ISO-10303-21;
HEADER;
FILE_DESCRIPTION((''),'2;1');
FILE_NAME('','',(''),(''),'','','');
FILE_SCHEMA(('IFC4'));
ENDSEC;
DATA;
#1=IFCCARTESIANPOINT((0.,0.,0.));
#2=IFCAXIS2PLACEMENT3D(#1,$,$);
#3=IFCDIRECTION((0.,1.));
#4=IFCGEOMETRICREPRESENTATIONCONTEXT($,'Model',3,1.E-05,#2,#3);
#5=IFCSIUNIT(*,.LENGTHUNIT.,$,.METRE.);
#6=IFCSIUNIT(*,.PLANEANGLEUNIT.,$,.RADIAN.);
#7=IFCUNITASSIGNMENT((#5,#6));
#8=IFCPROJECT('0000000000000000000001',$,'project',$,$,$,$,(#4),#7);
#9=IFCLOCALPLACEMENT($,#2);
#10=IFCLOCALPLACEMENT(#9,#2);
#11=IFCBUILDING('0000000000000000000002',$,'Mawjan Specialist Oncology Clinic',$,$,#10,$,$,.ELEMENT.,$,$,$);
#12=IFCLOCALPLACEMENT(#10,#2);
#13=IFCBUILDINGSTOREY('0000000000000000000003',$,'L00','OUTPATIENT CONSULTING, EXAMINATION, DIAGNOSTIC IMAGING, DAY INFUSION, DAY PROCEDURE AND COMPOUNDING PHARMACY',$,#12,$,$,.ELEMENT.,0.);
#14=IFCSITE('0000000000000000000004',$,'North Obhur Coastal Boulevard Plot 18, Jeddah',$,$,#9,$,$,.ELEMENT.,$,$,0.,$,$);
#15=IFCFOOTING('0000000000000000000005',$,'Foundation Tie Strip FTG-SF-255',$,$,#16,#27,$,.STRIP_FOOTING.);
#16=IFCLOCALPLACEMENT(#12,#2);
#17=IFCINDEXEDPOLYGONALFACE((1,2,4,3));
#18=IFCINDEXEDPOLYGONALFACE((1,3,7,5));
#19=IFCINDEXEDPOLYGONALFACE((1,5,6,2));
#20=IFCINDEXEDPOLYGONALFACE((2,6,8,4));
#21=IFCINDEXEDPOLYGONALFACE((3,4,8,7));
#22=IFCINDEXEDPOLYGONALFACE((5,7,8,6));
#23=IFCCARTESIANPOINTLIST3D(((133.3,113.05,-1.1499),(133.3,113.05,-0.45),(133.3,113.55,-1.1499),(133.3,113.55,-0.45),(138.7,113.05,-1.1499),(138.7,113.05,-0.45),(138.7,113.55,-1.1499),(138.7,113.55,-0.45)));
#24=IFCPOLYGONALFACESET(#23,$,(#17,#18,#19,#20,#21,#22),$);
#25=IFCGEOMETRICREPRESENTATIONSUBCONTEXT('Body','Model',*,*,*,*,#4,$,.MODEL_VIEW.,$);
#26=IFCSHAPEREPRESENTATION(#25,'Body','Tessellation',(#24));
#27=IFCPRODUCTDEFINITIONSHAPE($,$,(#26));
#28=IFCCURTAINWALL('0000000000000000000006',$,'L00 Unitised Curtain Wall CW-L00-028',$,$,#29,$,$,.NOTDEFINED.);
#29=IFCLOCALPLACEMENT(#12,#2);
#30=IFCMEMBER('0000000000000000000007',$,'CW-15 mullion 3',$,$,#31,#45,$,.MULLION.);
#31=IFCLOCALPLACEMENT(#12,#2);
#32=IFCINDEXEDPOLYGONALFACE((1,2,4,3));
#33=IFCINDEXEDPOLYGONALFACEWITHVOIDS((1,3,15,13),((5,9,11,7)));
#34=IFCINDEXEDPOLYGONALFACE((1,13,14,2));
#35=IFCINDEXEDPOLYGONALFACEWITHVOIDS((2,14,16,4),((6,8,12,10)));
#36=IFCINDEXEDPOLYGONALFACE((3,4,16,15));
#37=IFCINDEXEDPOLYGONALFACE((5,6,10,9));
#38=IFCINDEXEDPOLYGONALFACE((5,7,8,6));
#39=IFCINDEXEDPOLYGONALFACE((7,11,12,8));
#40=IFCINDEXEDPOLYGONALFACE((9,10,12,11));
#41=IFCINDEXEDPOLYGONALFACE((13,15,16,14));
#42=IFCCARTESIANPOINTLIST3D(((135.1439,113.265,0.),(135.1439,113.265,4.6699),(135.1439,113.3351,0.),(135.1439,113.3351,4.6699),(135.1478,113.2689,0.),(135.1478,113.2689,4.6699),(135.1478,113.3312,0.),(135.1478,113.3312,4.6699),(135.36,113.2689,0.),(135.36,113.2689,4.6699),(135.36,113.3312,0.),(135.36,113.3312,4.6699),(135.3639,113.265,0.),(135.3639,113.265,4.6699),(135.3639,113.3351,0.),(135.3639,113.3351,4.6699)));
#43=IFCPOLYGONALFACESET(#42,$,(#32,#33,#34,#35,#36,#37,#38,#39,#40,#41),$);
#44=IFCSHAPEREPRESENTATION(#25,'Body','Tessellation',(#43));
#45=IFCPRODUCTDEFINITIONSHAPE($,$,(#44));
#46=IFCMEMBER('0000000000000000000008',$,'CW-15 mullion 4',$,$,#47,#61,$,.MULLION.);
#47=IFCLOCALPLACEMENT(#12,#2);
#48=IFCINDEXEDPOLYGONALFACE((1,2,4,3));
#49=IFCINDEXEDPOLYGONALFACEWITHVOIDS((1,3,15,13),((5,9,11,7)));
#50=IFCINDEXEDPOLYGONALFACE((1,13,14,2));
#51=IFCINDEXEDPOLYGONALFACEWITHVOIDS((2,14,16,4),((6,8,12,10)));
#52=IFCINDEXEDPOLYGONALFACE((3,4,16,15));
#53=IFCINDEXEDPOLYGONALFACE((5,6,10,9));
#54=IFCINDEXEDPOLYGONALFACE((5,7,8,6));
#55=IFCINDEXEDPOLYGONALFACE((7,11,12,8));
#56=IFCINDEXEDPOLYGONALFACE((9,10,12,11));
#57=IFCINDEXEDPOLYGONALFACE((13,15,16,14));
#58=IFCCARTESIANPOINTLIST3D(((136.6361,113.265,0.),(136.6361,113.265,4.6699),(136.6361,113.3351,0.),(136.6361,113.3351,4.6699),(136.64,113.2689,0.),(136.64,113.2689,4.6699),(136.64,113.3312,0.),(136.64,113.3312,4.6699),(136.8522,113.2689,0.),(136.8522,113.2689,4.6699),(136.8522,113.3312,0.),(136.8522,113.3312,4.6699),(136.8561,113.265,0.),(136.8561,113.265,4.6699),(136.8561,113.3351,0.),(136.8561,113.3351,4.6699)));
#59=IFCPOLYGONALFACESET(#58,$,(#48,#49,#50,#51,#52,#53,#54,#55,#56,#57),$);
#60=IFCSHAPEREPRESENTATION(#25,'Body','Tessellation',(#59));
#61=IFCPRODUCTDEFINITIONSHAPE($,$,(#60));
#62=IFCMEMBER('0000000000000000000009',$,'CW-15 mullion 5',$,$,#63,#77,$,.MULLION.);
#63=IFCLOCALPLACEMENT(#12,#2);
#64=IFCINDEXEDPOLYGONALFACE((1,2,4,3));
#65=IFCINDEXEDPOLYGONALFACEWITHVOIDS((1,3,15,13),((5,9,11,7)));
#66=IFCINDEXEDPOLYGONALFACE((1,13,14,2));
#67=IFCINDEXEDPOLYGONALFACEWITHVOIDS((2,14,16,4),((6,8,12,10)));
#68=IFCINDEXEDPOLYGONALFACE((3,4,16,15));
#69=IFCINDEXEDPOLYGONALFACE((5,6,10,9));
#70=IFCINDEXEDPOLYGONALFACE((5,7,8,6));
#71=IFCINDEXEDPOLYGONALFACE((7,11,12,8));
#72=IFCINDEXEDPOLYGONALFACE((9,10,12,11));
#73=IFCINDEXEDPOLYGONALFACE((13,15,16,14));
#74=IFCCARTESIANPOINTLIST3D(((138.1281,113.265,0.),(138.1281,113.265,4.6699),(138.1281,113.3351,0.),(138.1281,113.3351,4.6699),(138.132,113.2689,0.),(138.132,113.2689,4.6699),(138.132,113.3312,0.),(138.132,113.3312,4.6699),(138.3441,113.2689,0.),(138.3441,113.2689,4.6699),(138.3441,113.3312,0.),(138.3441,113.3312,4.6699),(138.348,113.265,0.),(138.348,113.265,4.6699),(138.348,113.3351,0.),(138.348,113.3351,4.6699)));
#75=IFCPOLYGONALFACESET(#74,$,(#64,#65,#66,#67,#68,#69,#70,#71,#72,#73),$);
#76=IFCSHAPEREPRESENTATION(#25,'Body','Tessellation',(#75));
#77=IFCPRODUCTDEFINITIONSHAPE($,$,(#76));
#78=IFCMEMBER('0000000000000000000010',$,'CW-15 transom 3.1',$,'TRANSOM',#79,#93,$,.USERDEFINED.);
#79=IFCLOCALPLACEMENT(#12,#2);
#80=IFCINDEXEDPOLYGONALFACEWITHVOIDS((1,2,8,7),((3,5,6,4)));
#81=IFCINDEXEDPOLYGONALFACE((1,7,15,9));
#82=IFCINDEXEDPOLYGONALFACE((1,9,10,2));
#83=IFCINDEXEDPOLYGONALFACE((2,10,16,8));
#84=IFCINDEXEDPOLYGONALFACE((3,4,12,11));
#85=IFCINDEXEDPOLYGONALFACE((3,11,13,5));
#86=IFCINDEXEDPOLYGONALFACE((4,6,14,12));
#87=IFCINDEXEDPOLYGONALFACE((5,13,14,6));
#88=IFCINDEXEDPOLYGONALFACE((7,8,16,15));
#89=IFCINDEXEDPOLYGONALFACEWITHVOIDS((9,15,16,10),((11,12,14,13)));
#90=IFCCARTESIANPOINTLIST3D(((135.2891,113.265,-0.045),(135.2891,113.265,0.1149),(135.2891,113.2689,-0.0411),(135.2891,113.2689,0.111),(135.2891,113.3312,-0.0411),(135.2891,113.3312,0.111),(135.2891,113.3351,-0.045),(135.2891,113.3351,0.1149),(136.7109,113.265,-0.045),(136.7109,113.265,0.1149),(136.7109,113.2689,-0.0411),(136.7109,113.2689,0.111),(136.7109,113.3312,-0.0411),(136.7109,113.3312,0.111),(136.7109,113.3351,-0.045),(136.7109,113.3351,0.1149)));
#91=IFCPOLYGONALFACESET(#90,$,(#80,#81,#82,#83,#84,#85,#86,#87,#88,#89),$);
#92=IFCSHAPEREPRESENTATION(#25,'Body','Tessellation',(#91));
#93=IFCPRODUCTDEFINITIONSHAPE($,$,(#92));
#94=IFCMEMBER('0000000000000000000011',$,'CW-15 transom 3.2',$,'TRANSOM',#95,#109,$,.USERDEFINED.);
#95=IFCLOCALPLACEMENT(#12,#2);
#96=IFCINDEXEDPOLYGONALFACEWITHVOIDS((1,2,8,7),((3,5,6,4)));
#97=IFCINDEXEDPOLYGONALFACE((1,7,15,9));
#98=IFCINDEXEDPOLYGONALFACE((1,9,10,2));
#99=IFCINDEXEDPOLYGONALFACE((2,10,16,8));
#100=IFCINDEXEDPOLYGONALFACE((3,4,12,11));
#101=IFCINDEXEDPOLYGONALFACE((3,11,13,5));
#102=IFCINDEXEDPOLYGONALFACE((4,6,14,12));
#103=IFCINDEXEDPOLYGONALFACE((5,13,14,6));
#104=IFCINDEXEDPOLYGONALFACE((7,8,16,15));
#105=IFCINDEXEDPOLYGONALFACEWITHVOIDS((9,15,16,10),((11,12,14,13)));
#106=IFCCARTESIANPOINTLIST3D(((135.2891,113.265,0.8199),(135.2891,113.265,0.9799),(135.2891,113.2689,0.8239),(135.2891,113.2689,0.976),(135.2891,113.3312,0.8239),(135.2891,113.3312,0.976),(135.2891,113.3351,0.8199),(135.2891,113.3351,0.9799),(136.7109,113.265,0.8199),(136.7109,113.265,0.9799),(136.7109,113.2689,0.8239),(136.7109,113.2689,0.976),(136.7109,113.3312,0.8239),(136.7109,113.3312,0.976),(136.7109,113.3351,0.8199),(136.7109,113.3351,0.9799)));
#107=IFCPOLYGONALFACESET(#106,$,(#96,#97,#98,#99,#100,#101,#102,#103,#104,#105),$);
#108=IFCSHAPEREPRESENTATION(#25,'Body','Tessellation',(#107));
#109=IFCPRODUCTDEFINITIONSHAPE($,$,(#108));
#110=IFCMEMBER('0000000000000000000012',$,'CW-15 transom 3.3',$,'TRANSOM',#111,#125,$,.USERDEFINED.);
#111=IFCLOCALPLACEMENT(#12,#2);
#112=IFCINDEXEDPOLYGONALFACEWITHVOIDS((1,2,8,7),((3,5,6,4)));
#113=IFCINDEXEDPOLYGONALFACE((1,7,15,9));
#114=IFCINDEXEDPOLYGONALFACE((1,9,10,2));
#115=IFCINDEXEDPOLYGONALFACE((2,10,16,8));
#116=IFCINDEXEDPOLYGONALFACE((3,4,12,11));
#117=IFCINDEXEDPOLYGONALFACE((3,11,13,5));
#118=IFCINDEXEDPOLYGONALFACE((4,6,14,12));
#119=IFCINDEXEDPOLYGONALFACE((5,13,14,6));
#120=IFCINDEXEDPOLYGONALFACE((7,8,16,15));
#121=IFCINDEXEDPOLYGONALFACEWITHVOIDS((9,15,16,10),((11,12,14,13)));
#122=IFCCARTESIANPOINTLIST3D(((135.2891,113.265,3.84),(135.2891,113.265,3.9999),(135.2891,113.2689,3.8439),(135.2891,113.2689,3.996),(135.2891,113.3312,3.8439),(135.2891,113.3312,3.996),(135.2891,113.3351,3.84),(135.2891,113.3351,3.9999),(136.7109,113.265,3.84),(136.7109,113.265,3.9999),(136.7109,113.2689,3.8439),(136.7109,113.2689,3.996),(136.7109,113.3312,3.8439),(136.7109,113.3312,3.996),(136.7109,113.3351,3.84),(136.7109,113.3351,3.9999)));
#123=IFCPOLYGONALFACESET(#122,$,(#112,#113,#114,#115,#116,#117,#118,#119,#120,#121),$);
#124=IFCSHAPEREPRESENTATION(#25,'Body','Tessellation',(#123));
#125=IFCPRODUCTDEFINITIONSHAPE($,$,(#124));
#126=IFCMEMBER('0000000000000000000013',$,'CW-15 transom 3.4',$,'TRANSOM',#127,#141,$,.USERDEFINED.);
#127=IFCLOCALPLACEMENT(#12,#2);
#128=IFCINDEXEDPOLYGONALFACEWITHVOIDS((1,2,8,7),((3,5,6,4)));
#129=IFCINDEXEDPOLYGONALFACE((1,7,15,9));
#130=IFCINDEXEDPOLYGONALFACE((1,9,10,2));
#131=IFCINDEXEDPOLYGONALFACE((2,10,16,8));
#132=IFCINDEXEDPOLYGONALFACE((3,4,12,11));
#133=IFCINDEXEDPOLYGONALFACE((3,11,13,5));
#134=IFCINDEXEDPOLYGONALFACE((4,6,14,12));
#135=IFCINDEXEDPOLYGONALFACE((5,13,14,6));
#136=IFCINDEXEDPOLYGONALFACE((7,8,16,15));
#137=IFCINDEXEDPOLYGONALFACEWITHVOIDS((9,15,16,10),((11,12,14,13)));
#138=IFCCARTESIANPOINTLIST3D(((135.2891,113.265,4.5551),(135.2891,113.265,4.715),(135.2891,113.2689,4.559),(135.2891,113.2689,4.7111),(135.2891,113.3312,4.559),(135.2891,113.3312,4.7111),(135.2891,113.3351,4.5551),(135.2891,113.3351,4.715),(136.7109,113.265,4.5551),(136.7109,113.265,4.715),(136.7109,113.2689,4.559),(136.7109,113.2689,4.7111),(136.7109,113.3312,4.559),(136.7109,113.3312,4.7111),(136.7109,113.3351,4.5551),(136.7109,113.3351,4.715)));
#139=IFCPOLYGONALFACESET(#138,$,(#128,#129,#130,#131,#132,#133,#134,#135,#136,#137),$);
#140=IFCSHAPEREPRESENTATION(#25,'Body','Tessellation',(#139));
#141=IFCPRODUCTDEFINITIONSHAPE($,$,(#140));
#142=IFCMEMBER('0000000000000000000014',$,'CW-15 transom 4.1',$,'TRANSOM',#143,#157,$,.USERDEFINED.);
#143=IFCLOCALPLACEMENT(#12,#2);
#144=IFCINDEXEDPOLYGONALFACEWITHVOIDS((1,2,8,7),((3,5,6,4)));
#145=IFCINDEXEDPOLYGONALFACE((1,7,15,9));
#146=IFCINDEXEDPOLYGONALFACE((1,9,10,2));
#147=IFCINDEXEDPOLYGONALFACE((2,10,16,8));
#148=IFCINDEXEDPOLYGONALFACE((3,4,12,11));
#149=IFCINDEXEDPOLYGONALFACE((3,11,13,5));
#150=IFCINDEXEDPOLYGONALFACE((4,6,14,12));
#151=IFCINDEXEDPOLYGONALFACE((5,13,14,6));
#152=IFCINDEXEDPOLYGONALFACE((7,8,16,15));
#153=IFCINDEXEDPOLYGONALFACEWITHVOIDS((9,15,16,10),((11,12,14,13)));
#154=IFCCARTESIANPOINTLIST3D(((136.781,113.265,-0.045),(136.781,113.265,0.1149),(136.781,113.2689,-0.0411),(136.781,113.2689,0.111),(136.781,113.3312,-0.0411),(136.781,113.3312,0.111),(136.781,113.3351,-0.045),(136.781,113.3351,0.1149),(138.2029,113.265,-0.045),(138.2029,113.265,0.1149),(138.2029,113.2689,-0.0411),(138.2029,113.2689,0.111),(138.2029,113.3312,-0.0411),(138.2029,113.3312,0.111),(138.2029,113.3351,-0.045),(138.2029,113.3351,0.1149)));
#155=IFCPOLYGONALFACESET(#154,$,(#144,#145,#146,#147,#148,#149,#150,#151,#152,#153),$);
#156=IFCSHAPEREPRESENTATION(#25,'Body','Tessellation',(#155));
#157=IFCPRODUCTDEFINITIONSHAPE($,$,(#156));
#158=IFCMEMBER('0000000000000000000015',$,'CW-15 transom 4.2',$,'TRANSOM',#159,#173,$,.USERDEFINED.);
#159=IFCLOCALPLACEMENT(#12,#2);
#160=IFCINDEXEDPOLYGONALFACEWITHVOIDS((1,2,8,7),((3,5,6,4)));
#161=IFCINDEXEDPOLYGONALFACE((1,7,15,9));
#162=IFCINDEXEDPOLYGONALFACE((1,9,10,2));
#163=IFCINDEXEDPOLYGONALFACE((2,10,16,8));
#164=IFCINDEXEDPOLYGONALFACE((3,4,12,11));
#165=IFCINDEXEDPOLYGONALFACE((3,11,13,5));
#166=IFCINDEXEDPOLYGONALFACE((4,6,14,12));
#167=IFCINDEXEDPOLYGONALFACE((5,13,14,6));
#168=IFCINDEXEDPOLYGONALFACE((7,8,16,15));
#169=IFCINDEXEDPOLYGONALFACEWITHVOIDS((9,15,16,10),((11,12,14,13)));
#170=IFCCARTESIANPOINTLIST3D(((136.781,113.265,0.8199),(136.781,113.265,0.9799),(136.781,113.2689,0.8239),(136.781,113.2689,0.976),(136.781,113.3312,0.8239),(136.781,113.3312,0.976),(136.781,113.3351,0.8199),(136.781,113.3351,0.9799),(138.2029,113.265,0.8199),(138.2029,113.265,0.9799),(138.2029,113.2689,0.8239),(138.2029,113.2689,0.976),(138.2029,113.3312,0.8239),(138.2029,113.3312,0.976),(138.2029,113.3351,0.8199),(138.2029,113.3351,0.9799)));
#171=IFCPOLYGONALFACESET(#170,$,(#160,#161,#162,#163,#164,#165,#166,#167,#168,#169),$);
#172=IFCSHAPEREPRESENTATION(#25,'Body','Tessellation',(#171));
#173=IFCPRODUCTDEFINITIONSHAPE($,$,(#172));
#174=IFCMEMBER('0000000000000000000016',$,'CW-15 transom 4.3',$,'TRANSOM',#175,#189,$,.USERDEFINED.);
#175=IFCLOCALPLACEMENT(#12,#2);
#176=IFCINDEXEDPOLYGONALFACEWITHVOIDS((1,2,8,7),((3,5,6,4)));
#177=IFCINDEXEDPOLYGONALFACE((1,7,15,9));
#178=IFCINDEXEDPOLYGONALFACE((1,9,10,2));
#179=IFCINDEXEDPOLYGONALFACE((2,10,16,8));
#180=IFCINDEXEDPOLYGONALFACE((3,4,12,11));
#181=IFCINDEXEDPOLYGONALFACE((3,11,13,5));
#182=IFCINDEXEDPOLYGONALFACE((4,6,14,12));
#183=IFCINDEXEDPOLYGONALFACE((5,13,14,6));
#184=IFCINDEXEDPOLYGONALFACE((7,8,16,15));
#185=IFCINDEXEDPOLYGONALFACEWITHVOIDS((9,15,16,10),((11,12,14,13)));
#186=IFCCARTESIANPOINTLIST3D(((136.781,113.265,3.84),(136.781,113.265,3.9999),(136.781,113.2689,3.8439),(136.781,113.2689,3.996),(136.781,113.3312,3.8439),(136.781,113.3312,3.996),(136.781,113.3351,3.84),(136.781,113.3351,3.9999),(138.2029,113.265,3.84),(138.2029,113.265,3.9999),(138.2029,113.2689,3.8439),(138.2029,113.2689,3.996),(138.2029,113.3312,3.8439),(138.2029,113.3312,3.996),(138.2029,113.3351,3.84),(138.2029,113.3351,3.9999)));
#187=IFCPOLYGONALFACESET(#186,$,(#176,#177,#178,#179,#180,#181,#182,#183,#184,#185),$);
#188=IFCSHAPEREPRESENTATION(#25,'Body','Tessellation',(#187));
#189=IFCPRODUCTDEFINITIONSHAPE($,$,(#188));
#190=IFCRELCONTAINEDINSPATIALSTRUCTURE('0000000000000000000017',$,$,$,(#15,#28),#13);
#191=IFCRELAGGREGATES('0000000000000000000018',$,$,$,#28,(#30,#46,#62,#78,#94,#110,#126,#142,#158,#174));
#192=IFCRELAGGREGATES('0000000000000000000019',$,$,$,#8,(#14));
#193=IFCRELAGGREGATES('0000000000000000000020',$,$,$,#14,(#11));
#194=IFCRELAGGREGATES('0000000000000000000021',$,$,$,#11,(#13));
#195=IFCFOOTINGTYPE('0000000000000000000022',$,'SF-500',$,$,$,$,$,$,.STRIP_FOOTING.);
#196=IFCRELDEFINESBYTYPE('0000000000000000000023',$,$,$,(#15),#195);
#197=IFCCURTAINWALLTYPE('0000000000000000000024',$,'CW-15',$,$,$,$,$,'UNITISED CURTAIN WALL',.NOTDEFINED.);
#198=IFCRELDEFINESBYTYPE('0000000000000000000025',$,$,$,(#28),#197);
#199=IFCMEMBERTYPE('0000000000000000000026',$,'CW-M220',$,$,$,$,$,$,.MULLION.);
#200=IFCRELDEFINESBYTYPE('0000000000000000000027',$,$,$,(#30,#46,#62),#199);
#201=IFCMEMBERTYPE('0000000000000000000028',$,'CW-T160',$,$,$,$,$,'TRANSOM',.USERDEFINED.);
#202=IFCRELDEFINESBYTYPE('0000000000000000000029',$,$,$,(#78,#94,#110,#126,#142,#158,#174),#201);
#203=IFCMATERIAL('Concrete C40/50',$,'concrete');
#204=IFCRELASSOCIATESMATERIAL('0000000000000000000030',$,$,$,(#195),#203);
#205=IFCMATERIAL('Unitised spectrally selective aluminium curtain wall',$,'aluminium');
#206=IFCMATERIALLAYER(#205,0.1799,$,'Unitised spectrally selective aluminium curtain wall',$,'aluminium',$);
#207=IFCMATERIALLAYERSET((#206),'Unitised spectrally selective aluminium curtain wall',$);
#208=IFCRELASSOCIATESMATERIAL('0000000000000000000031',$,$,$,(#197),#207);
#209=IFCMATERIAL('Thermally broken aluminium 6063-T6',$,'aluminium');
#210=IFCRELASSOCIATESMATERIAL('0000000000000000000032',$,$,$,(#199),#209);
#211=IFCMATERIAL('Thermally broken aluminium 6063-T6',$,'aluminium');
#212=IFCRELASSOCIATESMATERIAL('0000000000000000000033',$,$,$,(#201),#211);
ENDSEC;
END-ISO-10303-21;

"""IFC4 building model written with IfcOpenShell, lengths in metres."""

from ifc_helpers import new_model, si_unit, direction, frame, origin, origin_2d, place, context, subcontext, project, spatial, rectangle, hollow_rectangle, extrude, material, layer, layer_set, material_profile, profile_set, type_object, element, aggregate, save


model = new_model("IFC4")

# Units and contexts
model_context = context("Model", 3, precision=1e-05, world=origin(), true_north=direction((0.0, 1.0)))
body_context = subcontext(model_context, "Body", "Model", "MODEL_VIEW")
ifc_project = project(units=[si_unit("LENGTHUNIT", "METRE"), si_unit("PLANEANGLEUNIT", "RADIAN")], contexts=[model_context])

# Site, building, storey
site_placement = place(None, origin())
site = spatial("IfcSite", under=ifc_project, at=site_placement, Name="North Obhur Coastal Boulevard Plot 18, Jeddah", CompositionType="ELEMENT", RefElevation=0.0)
building_placement = place(site_placement, origin())
building = spatial("IfcBuilding", under=site, at=building_placement, Name="Mawjan Specialist Oncology Clinic", CompositionType="ELEMENT")
storey_placement = place(building_placement, origin())
storey = spatial("IfcBuildingStorey", under=building, at=storey_placement, Name="L00", Description="OUTPATIENT CONSULTING, EXAMINATION, DIAGNOSTIC IMAGING, DAY INFUSION, DAY PROCEDURE AND COMPOUNDING PHARMACY", CompositionType="ELEMENT", Elevation=0.0)

# Footing
ifc_material_1 = material(Name="Concrete C40/50", Category="concrete")
footing_type = type_object("IfcFootingType", Name="SF-500", PredefinedType="STRIP_FOOTING", material=ifc_material_1)
footing_placement = place(storey_placement, frame((136.0, 113.3, -1.1499), z_axis=(0.0, 0.0, 1.0), x_axis=(1.0, 0.0, 0.0)))
element("IfcFooting", 1, at=footing_placement, inside=storey, type_object=footing_type, Name="Foundation Tie Strip FTG-SF-255", PredefinedType="STRIP_FOOTING", context=body_context, shape_type="SweptSolid", body=[
    extrude(rectangle(XDim=5.3999, YDim=0.5, at=origin_2d()), origin(), (0.0, 0.0, 1.0), 0.7),
])

# Curtain wall, members
ifc_material_2 = material(Name="Unitised spectrally selective aluminium curtain wall", Category="aluminium")
ifc_layer_1 = layer(ifc_material_2, 0.1799, Name="Unitised spectrally selective aluminium curtain wall", Category="aluminium")
ifc_layer_set_1 = layer_set([ifc_layer_1], Name="Unitised spectrally selective aluminium curtain wall")
curtain_wall_type = type_object("IfcCurtainWallType", Name="CW-15", ElementType="UNITISED CURTAIN WALL", PredefinedType="NOTDEFINED", material=ifc_layer_set_1)
curtain_wall_placement = place(storey_placement, origin())
curtain_wall = element("IfcCurtainWall", 2, at=curtain_wall_placement, inside=storey, type_object=curtain_wall_type, Name="L00 Unitised Curtain Wall CW-L00-028", PredefinedType="NOTDEFINED")
ifc_material_3 = material(Name="Thermally broken aluminium 6063-T6", Category="aluminium")
ifc_material_profile_1 = material_profile(ifc_material_3, hollow_rectangle(XDim=0.0701, YDim=0.22, WallThickness=0.0039, at=origin_2d()), Name="ALU MULLION 220x70x4", Category="aluminium")
ifc_profile_set_1 = profile_set([ifc_material_profile_1], Name="Thermally broken aluminium 6063-T6")
member_type_1 = type_object("IfcMemberType", Name="CW-M220", PredefinedType="MULLION", material=ifc_profile_set_1)
member_1_placement = place(storey_placement, frame((135.2539, 113.3, 0.0), z_axis=(0.0, 0.0, 1.0), x_axis=(0.0, 1.0, 0.0)))
member_1 = element("IfcMember", 3, at=member_1_placement, type_object=member_type_1, Name="CW-15 mullion 3", PredefinedType="MULLION", context=body_context, shape_type="SweptSolid", body=[
    extrude(hollow_rectangle(XDim=0.0701, YDim=0.22, WallThickness=0.0039, at=origin_2d()), origin(), (0.0, 0.0, 1.0), 4.6699),
])
member_2_placement = place(storey_placement, frame((136.7461, 113.3, 0.0), z_axis=(0.0, 0.0, 1.0), x_axis=(0.0, 1.0, 0.0)))
member_2 = element("IfcMember", 4, at=member_2_placement, type_object=member_type_1, Name="CW-15 mullion 4", PredefinedType="MULLION", context=body_context, shape_type="SweptSolid", body=[
    extrude(hollow_rectangle(XDim=0.0701, YDim=0.22, WallThickness=0.0039, at=origin_2d()), origin(), (0.0, 0.0, 1.0), 4.6699),
])
member_3_placement = place(storey_placement, frame((138.238, 113.3, 0.0), z_axis=(0.0, 0.0, 1.0), x_axis=(0.0, 1.0, 0.0)))
member_3 = element("IfcMember", 5, at=member_3_placement, type_object=member_type_1, Name="CW-15 mullion 5", PredefinedType="MULLION", context=body_context, shape_type="SweptSolid", body=[
    extrude(hollow_rectangle(XDim=0.0701, YDim=0.22, WallThickness=0.0039, at=origin_2d()), origin(), (0.0, 0.0, 1.0), 4.6699),
])
ifc_material_4 = material(Name="Thermally broken aluminium 6063-T6", Category="aluminium")
ifc_material_profile_2 = material_profile(ifc_material_4, hollow_rectangle(XDim=0.0701, YDim=0.1599, WallThickness=0.0039, at=origin_2d()), Name="ALU TRANSOM 160x70x4", Category="aluminium")
ifc_profile_set_2 = profile_set([ifc_material_profile_2], Name="Thermally broken aluminium 6063-T6")
member_type_2 = type_object("IfcMemberType", Name="CW-T160", ElementType="TRANSOM", PredefinedType="USERDEFINED", material=ifc_profile_set_2)
member_4_placement = place(storey_placement, frame((135.2891, 113.3, 0.0349), z_axis=(1.0, 0.0, 0.0), x_axis=(0.0, 1.0, 0.0)))
member_4 = element("IfcMember", 6, at=member_4_placement, type_object=member_type_2, Name="CW-15 transom 3.1", ObjectType="TRANSOM", PredefinedType="USERDEFINED", context=body_context, shape_type="SweptSolid", body=[
    extrude(hollow_rectangle(XDim=0.0701, YDim=0.1599, WallThickness=0.0039, at=origin_2d()), origin(), (0.0, 0.0, 1.0), 1.4219),
])
member_5_placement = place(storey_placement, frame((135.2891, 113.3, 0.8999), z_axis=(1.0, 0.0, 0.0), x_axis=(0.0, 1.0, 0.0)))
member_5 = element("IfcMember", 7, at=member_5_placement, type_object=member_type_2, Name="CW-15 transom 3.2", ObjectType="TRANSOM", PredefinedType="USERDEFINED", context=body_context, shape_type="SweptSolid", body=[
    extrude(hollow_rectangle(XDim=0.0701, YDim=0.1599, WallThickness=0.0039, at=origin_2d()), origin(), (0.0, 0.0, 1.0), 1.4219),
])
member_6_placement = place(storey_placement, frame((135.2891, 113.3, 3.9199), z_axis=(1.0, 0.0, 0.0), x_axis=(0.0, 1.0, 0.0)))
member_6 = element("IfcMember", 8, at=member_6_placement, type_object=member_type_2, Name="CW-15 transom 3.3", ObjectType="TRANSOM", PredefinedType="USERDEFINED", context=body_context, shape_type="SweptSolid", body=[
    extrude(hollow_rectangle(XDim=0.0701, YDim=0.1599, WallThickness=0.0039, at=origin_2d()), origin(), (0.0, 0.0, 1.0), 1.4219),
])
member_7_placement = place(storey_placement, frame((135.2891, 113.3, 4.635), z_axis=(1.0, 0.0, 0.0), x_axis=(0.0, 1.0, 0.0)))
member_7 = element("IfcMember", 9, at=member_7_placement, type_object=member_type_2, Name="CW-15 transom 3.4", ObjectType="TRANSOM", PredefinedType="USERDEFINED", context=body_context, shape_type="SweptSolid", body=[
    extrude(hollow_rectangle(XDim=0.0701, YDim=0.1599, WallThickness=0.0039, at=origin_2d()), origin(), (0.0, 0.0, 1.0), 1.4219),
])
member_8_placement = place(storey_placement, frame((136.781, 113.3, 0.0349), z_axis=(1.0, 0.0, 0.0), x_axis=(0.0, 1.0, 0.0)))
member_8 = element("IfcMember", 10, at=member_8_placement, type_object=member_type_2, Name="CW-15 transom 4.1", ObjectType="TRANSOM", PredefinedType="USERDEFINED", context=body_context, shape_type="SweptSolid", body=[
    extrude(hollow_rectangle(XDim=0.0701, YDim=0.1599, WallThickness=0.0039, at=origin_2d()), origin(), (0.0, 0.0, 1.0), 1.4219),
])
member_9_placement = place(storey_placement, frame((136.781, 113.3, 0.8999), z_axis=(1.0, 0.0, 0.0), x_axis=(0.0, 1.0, 0.0)))
member_9 = element("IfcMember", 11, at=member_9_placement, type_object=member_type_2, Name="CW-15 transom 4.2", ObjectType="TRANSOM", PredefinedType="USERDEFINED", context=body_context, shape_type="SweptSolid", body=[
    extrude(hollow_rectangle(XDim=0.0701, YDim=0.1599, WallThickness=0.0039, at=origin_2d()), origin(), (0.0, 0.0, 1.0), 1.4219),
])
member_10_placement = place(storey_placement, frame((136.781, 113.3, 3.9199), z_axis=(1.0, 0.0, 0.0), x_axis=(0.0, 1.0, 0.0)))
member_10 = element("IfcMember", 12, at=member_10_placement, type_object=member_type_2, Name="CW-15 transom 4.3", ObjectType="TRANSOM", PredefinedType="USERDEFINED", context=body_context, shape_type="SweptSolid", body=[
    extrude(hollow_rectangle(XDim=0.0701, YDim=0.1599, WallThickness=0.0039, at=origin_2d()), origin(), (0.0, 0.0, 1.0), 1.4219),
])
aggregate(curtain_wall, [member_1, member_2, member_3, member_4, member_5, member_6, member_7, member_8, member_9, member_10])

save(model, "model.ifc")
